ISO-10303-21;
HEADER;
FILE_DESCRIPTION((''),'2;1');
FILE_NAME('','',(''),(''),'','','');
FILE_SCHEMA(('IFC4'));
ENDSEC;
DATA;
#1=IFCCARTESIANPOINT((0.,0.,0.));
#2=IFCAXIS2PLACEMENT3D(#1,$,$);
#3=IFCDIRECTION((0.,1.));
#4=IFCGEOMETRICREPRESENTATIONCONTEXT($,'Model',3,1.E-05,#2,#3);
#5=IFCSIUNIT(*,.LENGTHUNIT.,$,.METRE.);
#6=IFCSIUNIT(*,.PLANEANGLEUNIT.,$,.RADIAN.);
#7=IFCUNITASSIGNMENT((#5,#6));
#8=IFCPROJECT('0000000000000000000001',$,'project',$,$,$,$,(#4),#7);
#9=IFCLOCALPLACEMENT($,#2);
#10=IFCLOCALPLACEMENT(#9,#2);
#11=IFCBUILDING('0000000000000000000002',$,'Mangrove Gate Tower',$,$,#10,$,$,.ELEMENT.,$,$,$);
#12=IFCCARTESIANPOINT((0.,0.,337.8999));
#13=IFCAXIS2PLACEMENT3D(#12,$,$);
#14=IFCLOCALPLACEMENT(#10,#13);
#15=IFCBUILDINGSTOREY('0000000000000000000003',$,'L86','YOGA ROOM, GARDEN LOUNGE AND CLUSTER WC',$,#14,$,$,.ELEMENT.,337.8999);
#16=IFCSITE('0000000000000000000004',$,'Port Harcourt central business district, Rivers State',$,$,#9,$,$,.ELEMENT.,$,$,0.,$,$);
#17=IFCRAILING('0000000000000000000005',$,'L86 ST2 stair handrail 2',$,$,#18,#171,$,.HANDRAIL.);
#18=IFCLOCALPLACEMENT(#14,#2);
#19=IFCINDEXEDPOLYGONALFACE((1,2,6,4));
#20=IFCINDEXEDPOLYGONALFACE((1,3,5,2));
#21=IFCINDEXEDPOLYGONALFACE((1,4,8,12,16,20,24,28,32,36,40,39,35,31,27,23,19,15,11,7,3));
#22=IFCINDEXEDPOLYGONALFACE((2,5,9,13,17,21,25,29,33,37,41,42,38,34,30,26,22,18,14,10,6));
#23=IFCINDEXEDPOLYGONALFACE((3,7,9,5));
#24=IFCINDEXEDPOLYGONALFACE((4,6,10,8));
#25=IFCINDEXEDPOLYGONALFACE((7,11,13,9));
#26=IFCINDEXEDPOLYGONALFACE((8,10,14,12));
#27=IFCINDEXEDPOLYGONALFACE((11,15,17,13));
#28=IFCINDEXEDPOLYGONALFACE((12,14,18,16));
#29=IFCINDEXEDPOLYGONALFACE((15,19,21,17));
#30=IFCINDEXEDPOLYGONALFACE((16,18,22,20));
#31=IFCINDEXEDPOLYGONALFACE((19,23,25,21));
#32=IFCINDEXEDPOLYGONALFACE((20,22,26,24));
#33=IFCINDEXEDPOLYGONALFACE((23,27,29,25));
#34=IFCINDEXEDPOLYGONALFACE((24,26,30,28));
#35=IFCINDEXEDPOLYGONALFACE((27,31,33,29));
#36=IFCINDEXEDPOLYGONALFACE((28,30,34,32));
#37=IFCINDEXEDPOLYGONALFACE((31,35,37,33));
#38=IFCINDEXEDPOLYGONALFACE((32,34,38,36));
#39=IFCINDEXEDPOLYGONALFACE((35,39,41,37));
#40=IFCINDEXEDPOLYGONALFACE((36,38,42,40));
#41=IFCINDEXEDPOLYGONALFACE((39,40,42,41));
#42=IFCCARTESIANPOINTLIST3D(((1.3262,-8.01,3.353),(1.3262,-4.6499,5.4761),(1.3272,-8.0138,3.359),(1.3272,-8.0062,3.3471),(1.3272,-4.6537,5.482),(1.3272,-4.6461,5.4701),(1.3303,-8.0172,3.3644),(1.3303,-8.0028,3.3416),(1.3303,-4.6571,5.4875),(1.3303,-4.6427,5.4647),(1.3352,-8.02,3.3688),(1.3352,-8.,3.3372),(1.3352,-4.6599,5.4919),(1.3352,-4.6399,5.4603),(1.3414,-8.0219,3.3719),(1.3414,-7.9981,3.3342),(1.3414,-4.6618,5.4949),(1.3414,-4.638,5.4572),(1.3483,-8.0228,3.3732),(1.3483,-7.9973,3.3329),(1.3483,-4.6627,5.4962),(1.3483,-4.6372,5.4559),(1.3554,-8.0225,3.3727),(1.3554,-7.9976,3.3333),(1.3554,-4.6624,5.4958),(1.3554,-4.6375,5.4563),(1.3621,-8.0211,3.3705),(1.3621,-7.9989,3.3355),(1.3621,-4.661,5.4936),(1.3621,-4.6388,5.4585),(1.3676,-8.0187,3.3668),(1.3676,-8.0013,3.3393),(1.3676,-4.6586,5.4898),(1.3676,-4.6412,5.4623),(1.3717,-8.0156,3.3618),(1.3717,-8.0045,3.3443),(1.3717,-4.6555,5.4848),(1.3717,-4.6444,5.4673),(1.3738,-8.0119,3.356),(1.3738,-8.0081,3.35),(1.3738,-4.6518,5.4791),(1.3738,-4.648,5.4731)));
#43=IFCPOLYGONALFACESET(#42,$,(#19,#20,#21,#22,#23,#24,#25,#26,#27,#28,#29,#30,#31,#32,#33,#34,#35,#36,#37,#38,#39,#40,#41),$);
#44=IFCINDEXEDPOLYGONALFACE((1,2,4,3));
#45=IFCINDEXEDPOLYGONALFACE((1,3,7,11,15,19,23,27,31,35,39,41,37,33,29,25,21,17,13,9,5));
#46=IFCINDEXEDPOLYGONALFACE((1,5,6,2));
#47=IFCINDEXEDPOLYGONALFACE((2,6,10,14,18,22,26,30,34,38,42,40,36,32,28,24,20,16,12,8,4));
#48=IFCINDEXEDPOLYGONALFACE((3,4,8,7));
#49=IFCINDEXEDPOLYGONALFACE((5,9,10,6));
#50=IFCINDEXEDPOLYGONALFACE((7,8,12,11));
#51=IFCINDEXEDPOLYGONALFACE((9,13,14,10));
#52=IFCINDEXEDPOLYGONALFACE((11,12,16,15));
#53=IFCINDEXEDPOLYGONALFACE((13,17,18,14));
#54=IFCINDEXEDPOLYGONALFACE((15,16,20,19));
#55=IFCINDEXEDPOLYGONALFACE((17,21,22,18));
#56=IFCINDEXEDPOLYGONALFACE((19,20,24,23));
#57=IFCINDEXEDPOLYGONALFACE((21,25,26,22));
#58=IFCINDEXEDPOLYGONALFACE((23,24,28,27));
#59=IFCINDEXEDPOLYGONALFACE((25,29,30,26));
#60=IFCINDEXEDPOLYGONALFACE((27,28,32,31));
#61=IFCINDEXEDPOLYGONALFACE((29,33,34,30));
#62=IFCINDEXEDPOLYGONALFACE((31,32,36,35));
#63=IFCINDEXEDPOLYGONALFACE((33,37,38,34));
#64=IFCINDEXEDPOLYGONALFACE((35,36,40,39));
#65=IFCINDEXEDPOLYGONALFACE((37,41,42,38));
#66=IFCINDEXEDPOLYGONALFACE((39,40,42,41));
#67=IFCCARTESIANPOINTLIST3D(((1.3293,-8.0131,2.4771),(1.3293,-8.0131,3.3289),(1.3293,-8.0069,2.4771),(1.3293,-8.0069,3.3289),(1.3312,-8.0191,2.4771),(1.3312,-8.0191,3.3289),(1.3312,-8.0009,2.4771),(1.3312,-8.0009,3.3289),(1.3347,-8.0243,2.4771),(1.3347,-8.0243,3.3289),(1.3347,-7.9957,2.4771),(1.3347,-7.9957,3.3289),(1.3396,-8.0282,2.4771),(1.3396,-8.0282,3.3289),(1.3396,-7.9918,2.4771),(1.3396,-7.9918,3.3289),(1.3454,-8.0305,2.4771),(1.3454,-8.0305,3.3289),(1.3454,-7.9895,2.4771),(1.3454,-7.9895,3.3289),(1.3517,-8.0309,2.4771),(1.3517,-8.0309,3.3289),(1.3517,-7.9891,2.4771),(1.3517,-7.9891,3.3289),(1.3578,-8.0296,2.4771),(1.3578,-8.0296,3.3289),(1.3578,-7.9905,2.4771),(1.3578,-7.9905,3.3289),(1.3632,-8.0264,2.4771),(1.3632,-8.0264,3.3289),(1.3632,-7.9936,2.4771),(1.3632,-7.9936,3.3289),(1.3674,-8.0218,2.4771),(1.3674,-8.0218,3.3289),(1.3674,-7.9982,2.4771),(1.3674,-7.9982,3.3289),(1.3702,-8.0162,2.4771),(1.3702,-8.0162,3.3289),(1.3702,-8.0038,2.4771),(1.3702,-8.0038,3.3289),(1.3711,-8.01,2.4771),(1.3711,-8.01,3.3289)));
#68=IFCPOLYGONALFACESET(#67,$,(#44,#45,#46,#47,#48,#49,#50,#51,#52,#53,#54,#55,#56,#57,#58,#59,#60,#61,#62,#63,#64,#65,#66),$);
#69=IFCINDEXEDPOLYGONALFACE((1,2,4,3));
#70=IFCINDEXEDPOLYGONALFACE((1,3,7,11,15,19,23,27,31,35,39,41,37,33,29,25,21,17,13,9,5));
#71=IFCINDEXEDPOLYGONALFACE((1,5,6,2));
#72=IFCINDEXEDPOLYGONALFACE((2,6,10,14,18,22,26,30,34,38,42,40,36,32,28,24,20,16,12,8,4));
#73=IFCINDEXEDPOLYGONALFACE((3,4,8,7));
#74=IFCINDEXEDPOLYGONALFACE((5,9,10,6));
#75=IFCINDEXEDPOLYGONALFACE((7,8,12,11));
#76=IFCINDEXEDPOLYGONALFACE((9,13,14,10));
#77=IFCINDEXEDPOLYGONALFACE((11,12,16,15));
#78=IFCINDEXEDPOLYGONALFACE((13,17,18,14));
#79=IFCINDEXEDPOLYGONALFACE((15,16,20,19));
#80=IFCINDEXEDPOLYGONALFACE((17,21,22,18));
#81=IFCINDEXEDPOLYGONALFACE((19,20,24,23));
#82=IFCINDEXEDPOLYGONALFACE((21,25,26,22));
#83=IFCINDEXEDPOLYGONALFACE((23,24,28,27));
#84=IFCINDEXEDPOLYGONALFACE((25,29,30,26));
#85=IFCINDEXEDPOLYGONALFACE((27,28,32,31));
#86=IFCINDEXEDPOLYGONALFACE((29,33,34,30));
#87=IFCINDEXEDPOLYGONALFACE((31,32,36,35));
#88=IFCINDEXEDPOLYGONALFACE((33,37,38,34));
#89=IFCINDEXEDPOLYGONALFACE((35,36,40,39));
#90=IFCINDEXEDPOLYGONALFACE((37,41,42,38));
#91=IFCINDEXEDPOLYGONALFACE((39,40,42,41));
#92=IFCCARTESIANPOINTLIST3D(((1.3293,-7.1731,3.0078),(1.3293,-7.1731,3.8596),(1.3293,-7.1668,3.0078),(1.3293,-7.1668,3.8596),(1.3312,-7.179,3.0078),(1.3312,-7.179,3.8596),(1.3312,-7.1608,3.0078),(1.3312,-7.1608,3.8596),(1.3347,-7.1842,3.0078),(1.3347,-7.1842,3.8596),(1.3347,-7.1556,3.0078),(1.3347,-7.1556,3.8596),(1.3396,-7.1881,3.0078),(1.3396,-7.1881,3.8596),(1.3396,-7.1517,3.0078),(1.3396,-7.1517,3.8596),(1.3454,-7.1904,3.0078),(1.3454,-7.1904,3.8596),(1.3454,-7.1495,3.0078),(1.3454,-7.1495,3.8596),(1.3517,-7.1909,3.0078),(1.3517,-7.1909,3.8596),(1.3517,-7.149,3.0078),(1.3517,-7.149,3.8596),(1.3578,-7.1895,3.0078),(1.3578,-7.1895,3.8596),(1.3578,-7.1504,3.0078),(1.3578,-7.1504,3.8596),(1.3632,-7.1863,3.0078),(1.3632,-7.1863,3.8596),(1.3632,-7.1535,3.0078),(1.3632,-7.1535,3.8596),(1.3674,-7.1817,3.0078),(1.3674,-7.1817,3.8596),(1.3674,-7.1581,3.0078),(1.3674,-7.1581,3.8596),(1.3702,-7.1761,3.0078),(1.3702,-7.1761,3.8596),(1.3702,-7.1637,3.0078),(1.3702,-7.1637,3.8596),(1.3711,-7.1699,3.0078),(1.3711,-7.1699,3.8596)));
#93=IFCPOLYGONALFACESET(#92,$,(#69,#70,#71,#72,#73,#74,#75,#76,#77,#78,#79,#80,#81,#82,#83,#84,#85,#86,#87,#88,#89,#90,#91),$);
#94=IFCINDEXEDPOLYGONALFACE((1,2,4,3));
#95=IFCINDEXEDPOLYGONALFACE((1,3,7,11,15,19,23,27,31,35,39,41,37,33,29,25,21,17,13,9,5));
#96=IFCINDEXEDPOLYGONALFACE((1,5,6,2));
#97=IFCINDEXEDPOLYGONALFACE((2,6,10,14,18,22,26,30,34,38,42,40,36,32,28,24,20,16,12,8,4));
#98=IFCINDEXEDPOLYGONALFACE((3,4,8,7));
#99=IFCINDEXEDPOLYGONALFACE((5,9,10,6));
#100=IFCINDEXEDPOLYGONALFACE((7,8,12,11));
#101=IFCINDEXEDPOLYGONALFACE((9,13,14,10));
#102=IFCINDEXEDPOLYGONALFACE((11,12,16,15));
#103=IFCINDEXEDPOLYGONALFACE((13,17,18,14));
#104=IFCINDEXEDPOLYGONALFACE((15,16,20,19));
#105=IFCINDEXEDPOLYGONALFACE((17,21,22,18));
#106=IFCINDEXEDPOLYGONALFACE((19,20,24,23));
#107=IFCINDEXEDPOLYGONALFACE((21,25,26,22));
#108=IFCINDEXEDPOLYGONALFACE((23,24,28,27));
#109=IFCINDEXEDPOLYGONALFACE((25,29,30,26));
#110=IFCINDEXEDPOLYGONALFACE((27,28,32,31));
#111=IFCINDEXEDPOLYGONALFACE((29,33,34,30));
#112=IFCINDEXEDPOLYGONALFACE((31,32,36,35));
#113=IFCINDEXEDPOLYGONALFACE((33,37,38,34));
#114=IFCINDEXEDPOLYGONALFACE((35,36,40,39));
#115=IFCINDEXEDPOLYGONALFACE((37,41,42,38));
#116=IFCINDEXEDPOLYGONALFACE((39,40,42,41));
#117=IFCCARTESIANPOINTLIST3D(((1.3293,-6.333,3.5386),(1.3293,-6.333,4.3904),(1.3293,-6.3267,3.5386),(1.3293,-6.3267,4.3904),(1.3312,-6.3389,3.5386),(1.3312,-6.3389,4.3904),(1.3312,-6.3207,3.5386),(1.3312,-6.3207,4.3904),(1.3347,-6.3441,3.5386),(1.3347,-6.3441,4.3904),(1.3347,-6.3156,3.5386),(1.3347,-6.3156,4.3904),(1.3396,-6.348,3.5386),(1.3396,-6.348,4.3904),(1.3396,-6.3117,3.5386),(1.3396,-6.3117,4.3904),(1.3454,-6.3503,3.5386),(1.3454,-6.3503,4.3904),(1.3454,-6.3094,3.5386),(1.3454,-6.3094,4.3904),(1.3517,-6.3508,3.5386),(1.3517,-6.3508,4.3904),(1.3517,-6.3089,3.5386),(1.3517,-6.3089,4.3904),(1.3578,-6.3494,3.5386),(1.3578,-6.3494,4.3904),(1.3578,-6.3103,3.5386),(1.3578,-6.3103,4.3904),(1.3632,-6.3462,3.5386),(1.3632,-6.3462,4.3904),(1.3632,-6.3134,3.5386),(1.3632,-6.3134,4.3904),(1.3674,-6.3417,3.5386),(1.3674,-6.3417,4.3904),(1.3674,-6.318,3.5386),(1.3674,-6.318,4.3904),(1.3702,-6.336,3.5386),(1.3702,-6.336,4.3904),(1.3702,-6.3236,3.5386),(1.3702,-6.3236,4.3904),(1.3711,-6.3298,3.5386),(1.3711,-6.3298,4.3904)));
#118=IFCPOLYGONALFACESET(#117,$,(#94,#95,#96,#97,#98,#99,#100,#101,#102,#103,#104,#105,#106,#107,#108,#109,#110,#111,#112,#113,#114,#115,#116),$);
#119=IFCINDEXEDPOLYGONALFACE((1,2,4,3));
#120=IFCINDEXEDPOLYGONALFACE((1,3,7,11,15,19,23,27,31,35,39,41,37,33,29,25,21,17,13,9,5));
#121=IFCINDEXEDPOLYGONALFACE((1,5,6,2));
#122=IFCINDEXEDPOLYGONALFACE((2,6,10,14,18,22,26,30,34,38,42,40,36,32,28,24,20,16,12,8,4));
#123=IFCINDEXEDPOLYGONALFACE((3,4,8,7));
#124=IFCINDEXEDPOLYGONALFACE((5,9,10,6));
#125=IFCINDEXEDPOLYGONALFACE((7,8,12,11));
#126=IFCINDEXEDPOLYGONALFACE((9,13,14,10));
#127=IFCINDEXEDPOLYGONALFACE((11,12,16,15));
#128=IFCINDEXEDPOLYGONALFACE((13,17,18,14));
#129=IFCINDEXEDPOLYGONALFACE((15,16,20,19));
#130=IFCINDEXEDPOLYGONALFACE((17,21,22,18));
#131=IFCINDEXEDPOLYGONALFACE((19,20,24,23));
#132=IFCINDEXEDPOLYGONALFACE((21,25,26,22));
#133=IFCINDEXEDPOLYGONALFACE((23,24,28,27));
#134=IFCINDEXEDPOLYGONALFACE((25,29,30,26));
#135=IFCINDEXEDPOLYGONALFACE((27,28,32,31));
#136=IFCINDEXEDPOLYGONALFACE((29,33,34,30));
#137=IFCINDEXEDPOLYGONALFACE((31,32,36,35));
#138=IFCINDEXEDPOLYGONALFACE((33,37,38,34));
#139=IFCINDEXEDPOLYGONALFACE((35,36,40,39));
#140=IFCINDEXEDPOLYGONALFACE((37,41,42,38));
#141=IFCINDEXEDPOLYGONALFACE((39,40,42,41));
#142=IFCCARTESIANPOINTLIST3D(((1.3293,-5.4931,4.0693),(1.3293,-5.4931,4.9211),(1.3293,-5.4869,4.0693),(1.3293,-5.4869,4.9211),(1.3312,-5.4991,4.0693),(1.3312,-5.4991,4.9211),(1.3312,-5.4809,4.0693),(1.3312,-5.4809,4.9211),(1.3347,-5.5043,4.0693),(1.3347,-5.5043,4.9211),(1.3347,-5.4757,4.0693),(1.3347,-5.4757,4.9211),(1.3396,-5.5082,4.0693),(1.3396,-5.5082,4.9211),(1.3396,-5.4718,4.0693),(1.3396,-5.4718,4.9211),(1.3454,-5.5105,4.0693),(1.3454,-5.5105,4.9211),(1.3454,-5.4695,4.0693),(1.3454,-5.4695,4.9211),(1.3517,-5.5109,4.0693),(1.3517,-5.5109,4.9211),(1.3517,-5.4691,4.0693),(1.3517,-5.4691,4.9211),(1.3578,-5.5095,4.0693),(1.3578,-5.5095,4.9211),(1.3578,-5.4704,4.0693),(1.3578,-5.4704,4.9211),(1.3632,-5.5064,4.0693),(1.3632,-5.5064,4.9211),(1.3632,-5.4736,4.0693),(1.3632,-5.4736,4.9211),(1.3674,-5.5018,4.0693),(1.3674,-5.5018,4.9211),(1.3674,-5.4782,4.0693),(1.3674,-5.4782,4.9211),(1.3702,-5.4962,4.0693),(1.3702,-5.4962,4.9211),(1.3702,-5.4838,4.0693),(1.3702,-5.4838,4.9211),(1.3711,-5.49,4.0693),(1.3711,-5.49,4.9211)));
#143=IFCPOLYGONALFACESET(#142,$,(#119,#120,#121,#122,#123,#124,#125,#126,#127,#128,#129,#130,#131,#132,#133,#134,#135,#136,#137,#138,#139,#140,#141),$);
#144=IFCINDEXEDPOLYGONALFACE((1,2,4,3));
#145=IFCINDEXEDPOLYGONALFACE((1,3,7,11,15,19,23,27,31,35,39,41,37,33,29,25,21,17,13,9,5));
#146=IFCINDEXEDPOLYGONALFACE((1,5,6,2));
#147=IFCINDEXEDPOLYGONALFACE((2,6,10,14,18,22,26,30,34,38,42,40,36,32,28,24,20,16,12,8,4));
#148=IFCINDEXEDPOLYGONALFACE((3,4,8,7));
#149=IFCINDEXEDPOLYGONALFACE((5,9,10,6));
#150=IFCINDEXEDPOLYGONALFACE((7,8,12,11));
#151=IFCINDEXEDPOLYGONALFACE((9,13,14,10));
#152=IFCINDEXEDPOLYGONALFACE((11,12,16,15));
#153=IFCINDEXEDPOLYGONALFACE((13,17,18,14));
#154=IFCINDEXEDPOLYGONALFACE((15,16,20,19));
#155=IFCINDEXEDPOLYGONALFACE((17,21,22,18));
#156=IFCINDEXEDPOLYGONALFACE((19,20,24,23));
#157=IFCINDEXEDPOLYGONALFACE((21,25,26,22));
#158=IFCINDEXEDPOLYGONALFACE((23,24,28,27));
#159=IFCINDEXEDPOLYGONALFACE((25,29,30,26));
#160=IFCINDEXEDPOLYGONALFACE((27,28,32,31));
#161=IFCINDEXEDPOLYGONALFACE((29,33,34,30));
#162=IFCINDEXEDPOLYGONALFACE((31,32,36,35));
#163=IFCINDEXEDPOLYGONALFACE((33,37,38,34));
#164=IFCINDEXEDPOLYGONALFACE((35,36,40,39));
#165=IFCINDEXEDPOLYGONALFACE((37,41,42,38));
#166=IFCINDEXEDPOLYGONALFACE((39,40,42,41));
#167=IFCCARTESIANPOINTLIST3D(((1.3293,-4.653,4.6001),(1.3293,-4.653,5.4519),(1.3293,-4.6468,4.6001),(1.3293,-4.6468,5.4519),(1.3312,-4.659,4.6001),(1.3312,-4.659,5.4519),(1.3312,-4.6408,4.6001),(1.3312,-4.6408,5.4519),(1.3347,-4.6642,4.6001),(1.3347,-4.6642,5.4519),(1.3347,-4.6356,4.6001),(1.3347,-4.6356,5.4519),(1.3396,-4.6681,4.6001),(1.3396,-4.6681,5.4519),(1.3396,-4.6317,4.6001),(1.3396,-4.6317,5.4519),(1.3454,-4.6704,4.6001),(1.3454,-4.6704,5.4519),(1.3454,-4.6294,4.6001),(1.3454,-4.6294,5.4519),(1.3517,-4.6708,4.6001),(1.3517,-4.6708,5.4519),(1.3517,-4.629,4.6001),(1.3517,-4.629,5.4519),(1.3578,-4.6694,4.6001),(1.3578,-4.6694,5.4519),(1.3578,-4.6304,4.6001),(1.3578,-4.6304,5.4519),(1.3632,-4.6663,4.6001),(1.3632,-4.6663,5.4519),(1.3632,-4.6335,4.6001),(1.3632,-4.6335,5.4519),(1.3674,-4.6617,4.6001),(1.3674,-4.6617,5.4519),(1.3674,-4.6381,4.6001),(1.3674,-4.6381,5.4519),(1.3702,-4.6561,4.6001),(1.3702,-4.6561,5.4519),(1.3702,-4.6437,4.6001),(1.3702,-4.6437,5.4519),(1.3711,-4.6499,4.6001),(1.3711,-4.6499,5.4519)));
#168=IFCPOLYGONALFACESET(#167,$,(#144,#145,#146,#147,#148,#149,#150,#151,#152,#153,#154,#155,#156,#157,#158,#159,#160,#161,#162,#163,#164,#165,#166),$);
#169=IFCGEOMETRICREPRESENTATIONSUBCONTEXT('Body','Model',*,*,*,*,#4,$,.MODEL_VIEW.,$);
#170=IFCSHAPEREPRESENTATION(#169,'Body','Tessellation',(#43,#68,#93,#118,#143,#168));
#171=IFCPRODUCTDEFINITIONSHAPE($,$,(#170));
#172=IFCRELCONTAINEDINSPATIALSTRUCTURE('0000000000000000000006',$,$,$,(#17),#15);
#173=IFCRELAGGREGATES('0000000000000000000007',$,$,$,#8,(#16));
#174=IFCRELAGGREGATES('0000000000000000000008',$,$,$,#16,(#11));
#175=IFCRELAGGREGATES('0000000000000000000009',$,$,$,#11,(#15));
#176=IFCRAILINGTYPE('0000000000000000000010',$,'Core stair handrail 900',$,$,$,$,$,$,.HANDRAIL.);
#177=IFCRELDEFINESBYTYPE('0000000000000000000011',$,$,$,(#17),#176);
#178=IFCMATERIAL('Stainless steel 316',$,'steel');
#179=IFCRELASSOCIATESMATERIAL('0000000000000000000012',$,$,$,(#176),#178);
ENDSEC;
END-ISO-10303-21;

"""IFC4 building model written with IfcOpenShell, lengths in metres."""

from ifc_helpers import new_model, si_unit, direction, frame, origin, origin_2d, place, context, subcontext, project, spatial, circle, extrude, material, type_object, element, save


model = new_model("IFC4")

# Units and contexts
model_context = context("Model", 3, precision=1e-05, world=origin(), true_north=direction((0.0, 1.0)))
body_context = subcontext(model_context, "Body", "Model", "MODEL_VIEW")
ifc_project = project(units=[si_unit("LENGTHUNIT", "METRE"), si_unit("PLANEANGLEUNIT", "RADIAN")], contexts=[model_context])

# Site, building, storey
site_placement = place(None, origin())
site = spatial("IfcSite", under=ifc_project, at=site_placement, Name="Port Harcourt central business district, Rivers State", CompositionType="ELEMENT", RefElevation=0.0)
building_placement = place(site_placement, origin())
building = spatial("IfcBuilding", under=site, at=building_placement, Name="Mangrove Gate Tower", CompositionType="ELEMENT")
storey_placement = place(building_placement, frame((0.0, 0.0, 337.8999)))
storey = spatial("IfcBuildingStorey", under=building, at=storey_placement, Name="L86", Description="YOGA ROOM, GARDEN LOUNGE AND CLUSTER WC", CompositionType="ELEMENT", Elevation=337.8999)

# Railing
ifc_material_1 = material(Name="Stainless steel 316", Category="steel")
railing_type_1 = type_object("IfcRailingType", Name="Core stair handrail 900", PredefinedType="HANDRAIL", material=ifc_material_1)
railing_1_placement = place(storey_placement, frame((1.3501, -8.01, 2.4771)))
element("IfcRailing", 1, at=railing_1_placement, inside=storey, type_object=railing_type_1, Name="L86 ST2 stair handrail 2", PredefinedType="HANDRAIL", context=body_context, shape_type="SweptSolid", body=[
    extrude(circle(Radius=0.0239, at=origin_2d()), frame((0.0, 0.0, 0.876), z_axis=(0.0, 0.84539, 0.53415), x_axis=(-1.0, 0.0, 0.0)), (0.0, 0.0, 1.0), 3.9746),
    extrude(circle(Radius=0.021, at=origin_2d()), origin(), (0.0, 0.0, 1.0), 0.8518),
    extrude(circle(Radius=0.021, at=origin_2d()), frame((0.0, 0.8401, 0.5308)), (0.0, 0.0, 1.0), 0.8518),
    extrude(circle(Radius=0.021, at=origin_2d()), frame((0.0, 1.6802, 1.0615)), (0.0, 0.0, 1.0), 0.8518),
    extrude(circle(Radius=0.021, at=origin_2d()), frame((0.0, 2.52, 1.5923)), (0.0, 0.0, 1.0), 0.8518),
    extrude(circle(Radius=0.021, at=origin_2d()), frame((0.0, 3.3601, 2.123)), (0.0, 0.0, 1.0), 0.8518),
])

save(model, "model.ifc")
